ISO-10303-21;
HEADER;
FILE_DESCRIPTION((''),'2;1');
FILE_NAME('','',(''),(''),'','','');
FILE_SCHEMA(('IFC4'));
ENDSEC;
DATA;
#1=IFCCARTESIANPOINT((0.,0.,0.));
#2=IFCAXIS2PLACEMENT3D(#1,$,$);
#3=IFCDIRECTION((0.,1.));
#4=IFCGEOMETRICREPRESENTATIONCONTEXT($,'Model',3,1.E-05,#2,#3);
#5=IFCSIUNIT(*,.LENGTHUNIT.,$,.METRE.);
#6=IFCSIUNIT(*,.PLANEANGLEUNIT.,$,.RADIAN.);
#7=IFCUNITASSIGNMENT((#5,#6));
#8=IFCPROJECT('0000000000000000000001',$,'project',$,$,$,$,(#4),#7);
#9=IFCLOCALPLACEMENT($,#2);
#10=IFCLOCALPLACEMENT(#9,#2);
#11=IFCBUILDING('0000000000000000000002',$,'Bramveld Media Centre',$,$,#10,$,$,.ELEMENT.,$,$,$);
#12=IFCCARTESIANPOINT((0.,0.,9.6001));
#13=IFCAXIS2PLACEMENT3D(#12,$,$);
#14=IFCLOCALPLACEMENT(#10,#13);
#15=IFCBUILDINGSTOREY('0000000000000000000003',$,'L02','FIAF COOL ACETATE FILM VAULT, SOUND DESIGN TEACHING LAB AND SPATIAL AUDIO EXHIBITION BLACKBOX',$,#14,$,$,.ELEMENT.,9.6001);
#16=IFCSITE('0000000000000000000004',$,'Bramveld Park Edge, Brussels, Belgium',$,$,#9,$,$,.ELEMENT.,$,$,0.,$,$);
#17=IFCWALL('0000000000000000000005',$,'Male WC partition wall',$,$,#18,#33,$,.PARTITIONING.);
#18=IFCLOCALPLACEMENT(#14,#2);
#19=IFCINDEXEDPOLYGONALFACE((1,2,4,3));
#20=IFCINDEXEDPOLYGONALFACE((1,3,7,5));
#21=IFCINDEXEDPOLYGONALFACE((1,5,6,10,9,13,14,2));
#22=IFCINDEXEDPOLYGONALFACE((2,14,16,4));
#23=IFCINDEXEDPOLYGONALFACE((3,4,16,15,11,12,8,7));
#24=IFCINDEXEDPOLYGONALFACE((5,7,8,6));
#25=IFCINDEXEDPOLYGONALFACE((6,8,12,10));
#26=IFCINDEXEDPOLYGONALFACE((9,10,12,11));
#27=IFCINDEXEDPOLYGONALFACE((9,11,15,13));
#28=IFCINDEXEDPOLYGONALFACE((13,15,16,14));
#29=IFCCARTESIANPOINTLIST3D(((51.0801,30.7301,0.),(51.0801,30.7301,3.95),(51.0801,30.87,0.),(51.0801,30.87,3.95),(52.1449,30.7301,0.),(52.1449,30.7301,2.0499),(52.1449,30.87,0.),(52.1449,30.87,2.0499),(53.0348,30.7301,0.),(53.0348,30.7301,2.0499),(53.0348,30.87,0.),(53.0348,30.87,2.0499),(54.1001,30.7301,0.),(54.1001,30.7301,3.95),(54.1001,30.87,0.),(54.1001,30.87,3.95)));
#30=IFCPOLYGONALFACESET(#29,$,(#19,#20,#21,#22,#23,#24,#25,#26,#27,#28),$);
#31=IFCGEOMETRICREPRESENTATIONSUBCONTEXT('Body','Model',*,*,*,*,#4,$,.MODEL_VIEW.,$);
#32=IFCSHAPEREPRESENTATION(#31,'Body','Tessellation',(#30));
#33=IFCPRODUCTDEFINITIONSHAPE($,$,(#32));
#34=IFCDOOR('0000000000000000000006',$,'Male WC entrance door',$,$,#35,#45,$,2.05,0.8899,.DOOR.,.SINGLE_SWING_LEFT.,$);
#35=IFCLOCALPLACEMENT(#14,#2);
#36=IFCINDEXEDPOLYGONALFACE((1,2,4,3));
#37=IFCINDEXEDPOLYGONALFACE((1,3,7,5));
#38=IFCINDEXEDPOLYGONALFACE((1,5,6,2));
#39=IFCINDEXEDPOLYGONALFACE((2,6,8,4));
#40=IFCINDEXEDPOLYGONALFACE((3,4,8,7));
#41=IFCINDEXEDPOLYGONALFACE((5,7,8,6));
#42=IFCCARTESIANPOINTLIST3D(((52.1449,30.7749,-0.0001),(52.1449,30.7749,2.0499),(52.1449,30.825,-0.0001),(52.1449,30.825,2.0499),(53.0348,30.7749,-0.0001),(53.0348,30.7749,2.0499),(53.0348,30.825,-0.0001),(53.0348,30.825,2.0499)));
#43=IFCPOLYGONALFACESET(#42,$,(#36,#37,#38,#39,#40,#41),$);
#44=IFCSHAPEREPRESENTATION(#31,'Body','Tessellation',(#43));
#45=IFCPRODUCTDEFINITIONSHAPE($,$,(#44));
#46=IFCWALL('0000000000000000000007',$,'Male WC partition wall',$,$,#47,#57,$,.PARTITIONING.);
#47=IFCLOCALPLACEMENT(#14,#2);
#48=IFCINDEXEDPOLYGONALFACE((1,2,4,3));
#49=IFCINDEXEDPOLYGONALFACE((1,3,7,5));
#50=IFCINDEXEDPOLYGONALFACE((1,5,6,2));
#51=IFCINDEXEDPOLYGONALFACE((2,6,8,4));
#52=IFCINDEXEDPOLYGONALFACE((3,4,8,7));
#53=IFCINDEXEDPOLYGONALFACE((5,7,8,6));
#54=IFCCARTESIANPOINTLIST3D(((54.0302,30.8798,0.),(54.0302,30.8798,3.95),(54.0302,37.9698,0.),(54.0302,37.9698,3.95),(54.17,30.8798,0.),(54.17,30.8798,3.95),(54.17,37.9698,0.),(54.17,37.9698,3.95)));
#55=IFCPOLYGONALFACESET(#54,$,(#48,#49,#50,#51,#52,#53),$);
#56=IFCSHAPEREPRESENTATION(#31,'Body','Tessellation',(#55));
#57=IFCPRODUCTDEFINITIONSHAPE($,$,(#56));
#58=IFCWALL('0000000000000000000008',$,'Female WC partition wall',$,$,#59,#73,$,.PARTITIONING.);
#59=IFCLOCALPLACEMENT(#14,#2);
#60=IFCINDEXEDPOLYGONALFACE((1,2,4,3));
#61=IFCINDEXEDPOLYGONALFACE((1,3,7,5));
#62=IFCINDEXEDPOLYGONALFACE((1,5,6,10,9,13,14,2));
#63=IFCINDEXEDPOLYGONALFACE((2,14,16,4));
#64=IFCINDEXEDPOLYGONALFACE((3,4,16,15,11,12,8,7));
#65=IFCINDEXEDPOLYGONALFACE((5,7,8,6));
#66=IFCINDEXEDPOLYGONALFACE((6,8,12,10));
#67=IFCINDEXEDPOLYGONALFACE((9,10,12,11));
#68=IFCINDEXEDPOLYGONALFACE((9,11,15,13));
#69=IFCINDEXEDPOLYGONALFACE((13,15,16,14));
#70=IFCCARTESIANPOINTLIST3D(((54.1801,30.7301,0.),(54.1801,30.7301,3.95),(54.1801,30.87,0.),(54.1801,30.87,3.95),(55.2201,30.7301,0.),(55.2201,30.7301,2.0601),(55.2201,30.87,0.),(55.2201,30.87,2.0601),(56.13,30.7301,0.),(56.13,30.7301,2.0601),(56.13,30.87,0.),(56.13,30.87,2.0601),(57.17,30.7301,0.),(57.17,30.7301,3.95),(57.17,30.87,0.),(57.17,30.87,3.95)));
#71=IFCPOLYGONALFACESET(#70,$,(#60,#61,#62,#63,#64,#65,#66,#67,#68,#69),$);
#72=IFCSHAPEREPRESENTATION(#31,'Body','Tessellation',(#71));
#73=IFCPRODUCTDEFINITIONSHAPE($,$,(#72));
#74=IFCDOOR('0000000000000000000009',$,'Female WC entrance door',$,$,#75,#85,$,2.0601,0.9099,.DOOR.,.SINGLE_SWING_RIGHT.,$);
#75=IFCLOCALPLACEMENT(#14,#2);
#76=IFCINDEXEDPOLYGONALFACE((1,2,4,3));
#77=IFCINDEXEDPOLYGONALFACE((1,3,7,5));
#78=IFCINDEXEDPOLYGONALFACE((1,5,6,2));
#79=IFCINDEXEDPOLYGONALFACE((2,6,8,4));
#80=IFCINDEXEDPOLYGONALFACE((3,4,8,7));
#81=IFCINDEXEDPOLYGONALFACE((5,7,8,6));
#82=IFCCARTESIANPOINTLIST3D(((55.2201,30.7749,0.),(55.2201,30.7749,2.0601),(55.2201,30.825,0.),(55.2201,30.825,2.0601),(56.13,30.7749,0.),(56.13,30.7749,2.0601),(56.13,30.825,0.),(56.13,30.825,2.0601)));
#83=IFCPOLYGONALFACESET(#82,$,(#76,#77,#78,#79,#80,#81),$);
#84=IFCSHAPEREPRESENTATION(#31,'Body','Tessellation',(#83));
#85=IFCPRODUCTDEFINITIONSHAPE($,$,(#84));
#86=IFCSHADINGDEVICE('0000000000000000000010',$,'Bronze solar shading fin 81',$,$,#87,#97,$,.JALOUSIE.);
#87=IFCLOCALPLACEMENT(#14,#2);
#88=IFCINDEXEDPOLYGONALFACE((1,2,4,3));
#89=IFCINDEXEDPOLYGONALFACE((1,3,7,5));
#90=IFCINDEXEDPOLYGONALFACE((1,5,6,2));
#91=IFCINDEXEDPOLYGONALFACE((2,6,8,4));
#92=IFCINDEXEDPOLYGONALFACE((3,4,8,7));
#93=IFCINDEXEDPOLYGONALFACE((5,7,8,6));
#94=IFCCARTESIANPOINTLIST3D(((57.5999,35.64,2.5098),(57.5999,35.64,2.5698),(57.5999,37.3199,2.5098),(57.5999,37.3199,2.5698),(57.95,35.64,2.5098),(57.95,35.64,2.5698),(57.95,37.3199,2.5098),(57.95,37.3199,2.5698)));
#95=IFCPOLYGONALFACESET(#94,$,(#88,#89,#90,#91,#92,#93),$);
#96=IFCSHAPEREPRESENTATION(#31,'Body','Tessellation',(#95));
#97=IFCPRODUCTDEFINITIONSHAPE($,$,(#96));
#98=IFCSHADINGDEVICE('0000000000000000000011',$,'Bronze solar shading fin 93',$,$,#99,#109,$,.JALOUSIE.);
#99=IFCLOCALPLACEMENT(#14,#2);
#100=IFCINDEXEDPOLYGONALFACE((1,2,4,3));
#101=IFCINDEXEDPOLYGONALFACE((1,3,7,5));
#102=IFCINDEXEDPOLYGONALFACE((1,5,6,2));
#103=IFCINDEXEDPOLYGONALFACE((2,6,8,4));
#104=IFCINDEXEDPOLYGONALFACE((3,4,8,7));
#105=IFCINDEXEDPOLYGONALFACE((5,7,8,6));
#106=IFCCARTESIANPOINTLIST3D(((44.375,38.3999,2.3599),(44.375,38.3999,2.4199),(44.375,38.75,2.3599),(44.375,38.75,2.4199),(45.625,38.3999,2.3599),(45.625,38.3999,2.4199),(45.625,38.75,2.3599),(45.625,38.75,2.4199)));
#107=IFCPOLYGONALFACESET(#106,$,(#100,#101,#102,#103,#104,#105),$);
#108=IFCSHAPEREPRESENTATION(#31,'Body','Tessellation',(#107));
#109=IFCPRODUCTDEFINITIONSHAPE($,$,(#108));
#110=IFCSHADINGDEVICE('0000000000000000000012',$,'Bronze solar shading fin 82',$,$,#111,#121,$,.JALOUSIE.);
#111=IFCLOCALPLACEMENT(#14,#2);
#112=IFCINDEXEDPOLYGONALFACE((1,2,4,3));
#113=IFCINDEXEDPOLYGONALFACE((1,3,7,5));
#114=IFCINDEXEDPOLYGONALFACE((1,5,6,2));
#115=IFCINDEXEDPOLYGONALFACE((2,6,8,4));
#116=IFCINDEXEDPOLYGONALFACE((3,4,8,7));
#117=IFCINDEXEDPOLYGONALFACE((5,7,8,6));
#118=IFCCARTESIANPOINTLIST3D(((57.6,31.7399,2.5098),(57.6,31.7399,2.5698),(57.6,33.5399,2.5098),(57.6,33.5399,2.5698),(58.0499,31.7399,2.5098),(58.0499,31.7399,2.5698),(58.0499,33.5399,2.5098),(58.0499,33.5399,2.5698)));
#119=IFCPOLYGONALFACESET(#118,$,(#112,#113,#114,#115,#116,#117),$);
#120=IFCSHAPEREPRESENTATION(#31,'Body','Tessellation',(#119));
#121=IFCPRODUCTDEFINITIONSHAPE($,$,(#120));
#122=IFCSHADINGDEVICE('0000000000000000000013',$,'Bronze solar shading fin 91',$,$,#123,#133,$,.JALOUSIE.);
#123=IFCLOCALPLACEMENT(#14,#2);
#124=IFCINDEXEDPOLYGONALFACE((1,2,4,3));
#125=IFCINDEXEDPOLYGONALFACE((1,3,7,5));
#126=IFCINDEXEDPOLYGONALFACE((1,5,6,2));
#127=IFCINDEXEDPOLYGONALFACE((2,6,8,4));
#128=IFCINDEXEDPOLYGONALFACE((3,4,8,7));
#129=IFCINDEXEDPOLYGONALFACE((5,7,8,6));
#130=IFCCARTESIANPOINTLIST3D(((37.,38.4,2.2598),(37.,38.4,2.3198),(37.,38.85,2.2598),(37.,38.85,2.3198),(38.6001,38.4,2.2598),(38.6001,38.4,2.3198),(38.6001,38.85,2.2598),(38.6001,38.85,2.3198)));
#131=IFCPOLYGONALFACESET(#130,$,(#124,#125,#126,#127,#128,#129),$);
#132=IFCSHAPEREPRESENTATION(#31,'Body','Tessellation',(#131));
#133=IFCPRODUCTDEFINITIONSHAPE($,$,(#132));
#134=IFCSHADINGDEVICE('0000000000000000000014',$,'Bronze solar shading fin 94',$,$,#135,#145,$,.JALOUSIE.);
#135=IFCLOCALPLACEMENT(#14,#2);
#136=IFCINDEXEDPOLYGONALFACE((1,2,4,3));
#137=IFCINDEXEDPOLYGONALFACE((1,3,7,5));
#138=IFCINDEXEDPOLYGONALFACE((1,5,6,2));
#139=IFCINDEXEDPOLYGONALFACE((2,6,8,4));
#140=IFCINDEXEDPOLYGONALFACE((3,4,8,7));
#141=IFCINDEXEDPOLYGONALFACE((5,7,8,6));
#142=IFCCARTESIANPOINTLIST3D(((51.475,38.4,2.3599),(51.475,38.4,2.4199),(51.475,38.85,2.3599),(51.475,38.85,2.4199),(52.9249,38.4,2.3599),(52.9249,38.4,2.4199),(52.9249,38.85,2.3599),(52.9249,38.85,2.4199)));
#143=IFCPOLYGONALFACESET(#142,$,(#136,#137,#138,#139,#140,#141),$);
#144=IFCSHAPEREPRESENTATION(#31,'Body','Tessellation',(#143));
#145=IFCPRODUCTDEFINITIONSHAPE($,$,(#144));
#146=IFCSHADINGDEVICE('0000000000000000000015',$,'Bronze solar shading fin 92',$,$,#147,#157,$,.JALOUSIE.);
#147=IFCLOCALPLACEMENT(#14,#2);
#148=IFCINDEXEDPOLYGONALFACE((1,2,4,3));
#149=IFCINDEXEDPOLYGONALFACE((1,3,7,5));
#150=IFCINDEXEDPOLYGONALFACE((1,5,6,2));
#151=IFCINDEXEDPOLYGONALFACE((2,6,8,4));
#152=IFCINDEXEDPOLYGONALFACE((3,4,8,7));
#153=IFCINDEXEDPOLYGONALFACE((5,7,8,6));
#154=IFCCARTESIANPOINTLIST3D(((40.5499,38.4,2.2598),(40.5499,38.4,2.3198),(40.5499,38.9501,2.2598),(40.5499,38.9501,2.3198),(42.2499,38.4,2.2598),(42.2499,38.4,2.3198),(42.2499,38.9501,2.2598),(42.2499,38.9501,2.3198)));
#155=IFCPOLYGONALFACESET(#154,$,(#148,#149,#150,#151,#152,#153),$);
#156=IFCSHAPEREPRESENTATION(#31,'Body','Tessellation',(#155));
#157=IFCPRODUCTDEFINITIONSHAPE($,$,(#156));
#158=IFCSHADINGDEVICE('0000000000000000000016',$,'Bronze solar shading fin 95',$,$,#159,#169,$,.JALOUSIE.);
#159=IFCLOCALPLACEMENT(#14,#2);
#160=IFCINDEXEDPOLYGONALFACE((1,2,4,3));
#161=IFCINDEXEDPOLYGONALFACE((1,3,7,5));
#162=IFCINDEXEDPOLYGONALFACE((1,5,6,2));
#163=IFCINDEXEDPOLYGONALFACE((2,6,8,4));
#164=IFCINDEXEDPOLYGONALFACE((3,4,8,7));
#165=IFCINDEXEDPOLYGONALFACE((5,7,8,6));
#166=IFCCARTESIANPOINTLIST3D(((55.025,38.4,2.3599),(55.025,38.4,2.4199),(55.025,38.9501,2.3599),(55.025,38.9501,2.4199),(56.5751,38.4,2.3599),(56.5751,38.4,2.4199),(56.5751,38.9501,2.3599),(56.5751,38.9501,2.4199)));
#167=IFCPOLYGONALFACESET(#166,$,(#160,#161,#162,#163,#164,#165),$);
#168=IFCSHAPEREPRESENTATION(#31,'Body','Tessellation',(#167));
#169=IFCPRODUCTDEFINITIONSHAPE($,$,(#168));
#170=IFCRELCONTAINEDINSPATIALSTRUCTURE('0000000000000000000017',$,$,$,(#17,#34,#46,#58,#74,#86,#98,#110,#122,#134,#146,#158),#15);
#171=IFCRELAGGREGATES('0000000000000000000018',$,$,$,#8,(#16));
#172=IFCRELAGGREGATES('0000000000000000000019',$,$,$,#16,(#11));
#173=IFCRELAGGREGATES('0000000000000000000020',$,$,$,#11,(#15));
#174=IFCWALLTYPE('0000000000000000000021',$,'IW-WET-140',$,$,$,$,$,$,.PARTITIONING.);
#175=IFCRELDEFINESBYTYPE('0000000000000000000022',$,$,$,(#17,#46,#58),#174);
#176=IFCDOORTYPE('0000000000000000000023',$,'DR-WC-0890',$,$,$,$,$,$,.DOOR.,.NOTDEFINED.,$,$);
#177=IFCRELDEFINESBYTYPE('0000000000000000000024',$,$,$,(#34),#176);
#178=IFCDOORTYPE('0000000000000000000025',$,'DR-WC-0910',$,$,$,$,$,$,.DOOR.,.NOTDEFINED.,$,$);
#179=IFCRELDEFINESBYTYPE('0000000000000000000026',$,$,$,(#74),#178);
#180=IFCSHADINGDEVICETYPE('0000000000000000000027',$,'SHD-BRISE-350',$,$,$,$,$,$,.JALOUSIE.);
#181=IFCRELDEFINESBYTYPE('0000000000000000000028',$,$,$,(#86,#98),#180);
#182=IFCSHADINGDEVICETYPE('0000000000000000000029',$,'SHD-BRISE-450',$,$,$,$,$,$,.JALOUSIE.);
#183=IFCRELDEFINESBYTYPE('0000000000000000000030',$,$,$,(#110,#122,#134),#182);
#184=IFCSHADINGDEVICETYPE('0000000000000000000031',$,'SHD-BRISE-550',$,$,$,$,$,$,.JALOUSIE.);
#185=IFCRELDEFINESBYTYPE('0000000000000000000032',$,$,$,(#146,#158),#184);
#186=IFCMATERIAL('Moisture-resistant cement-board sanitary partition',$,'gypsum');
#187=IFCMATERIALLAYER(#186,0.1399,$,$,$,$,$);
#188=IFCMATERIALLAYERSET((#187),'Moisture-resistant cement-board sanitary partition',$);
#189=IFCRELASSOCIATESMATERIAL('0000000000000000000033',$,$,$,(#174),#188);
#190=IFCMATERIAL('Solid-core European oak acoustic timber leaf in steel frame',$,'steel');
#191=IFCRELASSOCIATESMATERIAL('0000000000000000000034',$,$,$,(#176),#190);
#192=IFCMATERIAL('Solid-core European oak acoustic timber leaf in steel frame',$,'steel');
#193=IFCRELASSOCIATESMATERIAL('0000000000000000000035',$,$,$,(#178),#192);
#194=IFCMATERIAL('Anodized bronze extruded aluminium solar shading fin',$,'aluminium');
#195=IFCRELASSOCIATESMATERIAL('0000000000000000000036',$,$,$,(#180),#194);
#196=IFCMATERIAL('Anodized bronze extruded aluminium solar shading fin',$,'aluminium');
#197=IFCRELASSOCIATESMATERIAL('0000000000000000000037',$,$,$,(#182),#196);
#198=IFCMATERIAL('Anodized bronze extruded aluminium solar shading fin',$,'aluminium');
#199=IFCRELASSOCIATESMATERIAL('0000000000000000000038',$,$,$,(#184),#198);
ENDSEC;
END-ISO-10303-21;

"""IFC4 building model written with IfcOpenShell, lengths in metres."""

from ifc_helpers import new_model, si_unit, direction, frame, frame_2d, origin, origin_2d, place, context, subcontext, project, spatial, rectangle, extrude, material, layer, layer_set, type_object, element, fill, save


model = new_model("IFC4")

# Units and contexts
model_context = context("Model", 3, precision=1e-05, world=origin(), true_north=direction((0.0, 1.0)))
body_context = subcontext(model_context, "Body", "Model", "MODEL_VIEW")
ifc_project = project(units=[si_unit("LENGTHUNIT", "METRE"), si_unit("PLANEANGLEUNIT", "RADIAN")], contexts=[model_context])

# Site, building, storey
site_placement = place(None, origin())
site = spatial("IfcSite", under=ifc_project, at=site_placement, Name="Bramveld Park Edge, Brussels, Belgium", CompositionType="ELEMENT", RefElevation=0.0)
building_placement = place(site_placement, origin())
building = spatial("IfcBuilding", under=site, at=building_placement, Name="Bramveld Media Centre", CompositionType="ELEMENT")
storey_placement = place(building_placement, frame((0.0, 0.0, 9.6001)))
storey = spatial("IfcBuildingStorey", under=building, at=storey_placement, Name="L02", Description="FIAF COOL ACETATE FILM VAULT, SOUND DESIGN TEACHING LAB AND SPATIAL AUDIO EXHIBITION BLACKBOX", CompositionType="ELEMENT", Elevation=9.6001)

# Shared definitions
ifc_material_1 = material(Name="Moisture-resistant cement-board sanitary partition", Category="gypsum")
ifc_layer_1 = layer(ifc_material_1, 0.1399)
ifc_layer_set_1 = layer_set([ifc_layer_1], Name="Moisture-resistant cement-board sanitary partition")
wall_type_1 = type_object("IfcWallType", Name="IW-WET-140", PredefinedType="PARTITIONING", material=ifc_layer_set_1)

# Wall, opening, door
wall_1_placement = place(storey_placement, frame((51.0801, 30.8, 0.0), z_axis=(0.0, 0.0, 1.0), x_axis=(1.0, 0.0, 0.0)))
wall_1 = element("IfcWall", 1, at=wall_1_placement, inside=storey, type_object=wall_type_1, Name="Male WC partition wall", PredefinedType="PARTITIONING", context=body_context, shape_type="SweptSolid", body=[
    extrude(rectangle(XDim=3.02, YDim=0.1399, at=frame_2d((1.51, 0.0))), origin(), (0.0, 0.0, 1.0), 3.95),
])
opening_1_placement = place(wall_1_placement, frame((1.0649, 0.0, 0.0)))
opening_1 = element("IfcOpeningElement", 2, at=opening_1_placement, cuts=wall_1, PredefinedType="OPENING", context=body_context, shape_type="SweptSolid", body=[
    extrude(rectangle(XDim=0.8899, YDim=2.05, at=frame_2d((0.4448, 1.0249))), frame((0.0, 0.082, 0.0), z_axis=(0.0, -1.0, 0.0), x_axis=(1.0, 0.0, 0.0)), (0.0, 0.0, 1.0), 0.1638),
])
ifc_material_2 = material(Name="Solid-core European oak acoustic timber leaf in steel frame", Category="steel")
door_type_1 = type_object("IfcDoorType", Name="DR-WC-0890", OperationType="NOTDEFINED", PredefinedType="DOOR", material=ifc_material_2)
door_1_placement = place(opening_1_placement, origin())
door_1 = element("IfcDoor", 3, at=door_1_placement, inside=storey, type_object=door_type_1, Name="Male WC entrance door", OperationType="SINGLE_SWING_LEFT", OverallHeight=2.05, OverallWidth=0.8899, PredefinedType="DOOR", context=body_context, shape_type="SweptSolid", body=[
    extrude(rectangle(XDim=0.8899, YDim=2.05, at=frame_2d((0.4448, 1.0249))), frame((0.0, 0.0249, 0.0), z_axis=(0.0, -1.0, 0.0), x_axis=(1.0, 0.0, 0.0)), (0.0, 0.0, 1.0), 0.05),
])
fill(opening_1, door_1)

# Wall
wall_2_placement = place(storey_placement, frame((54.1001, 30.8799, 0.0), z_axis=(0.0, 0.0, 1.0), x_axis=(0.0, 1.0, 0.0)))
element("IfcWall", 4, at=wall_2_placement, inside=storey, type_object=wall_type_1, Name="Male WC partition wall", PredefinedType="PARTITIONING", context=body_context, shape_type="SweptSolid", body=[
    extrude(rectangle(XDim=7.0901, YDim=0.1399, at=frame_2d((3.5449, 0.0))), origin(), (0.0, 0.0, 1.0), 3.95),
])

# Wall, opening, door
wall_3_placement = place(storey_placement, frame((54.1799, 30.8, 0.0), z_axis=(0.0, 0.0, 1.0), x_axis=(1.0, 0.0, 0.0)))
wall_3 = element("IfcWall", 5, at=wall_3_placement, inside=storey, type_object=wall_type_1, Name="Female WC partition wall", PredefinedType="PARTITIONING", context=body_context, shape_type="SweptSolid", body=[
    extrude(rectangle(XDim=2.99, YDim=0.1399, at=frame_2d((1.4951, 0.0))), origin(), (0.0, 0.0, 1.0), 3.95),
])
opening_2_placement = place(wall_3_placement, frame((1.04, 0.0, 0.0)))
opening_2 = element("IfcOpeningElement", 6, at=opening_2_placement, cuts=wall_3, PredefinedType="OPENING", context=body_context, shape_type="SweptSolid", body=[
    extrude(rectangle(XDim=0.9099, YDim=2.0601, at=frame_2d((0.4551, 1.03))), frame((0.0, 0.082, 0.0), z_axis=(0.0, -1.0, 0.0), x_axis=(1.0, 0.0, 0.0)), (0.0, 0.0, 1.0), 0.1638),
])
ifc_material_3 = material(Name="Solid-core European oak acoustic timber leaf in steel frame", Category="steel")
door_type_2 = type_object("IfcDoorType", Name="DR-WC-0910", OperationType="NOTDEFINED", PredefinedType="DOOR", material=ifc_material_3)
door_2_placement = place(opening_2_placement, origin())
door_2 = element("IfcDoor", 7, at=door_2_placement, inside=storey, type_object=door_type_2, Name="Female WC entrance door", OperationType="SINGLE_SWING_RIGHT", OverallHeight=2.0601, OverallWidth=0.9099, PredefinedType="DOOR", context=body_context, shape_type="SweptSolid", body=[
    extrude(rectangle(XDim=0.9099, YDim=2.0601, at=frame_2d((0.4551, 1.03))), frame((0.0, 0.0249, 0.0), z_axis=(0.0, -1.0, 0.0), x_axis=(1.0, 0.0, 0.0)), (0.0, 0.0, 1.0), 0.05),
])
fill(opening_2, door_2)

# Shading devices
ifc_material_4 = material(Name="Anodized bronze extruded aluminium solar shading fin", Category="aluminium")
shading_device_type_1 = type_object("IfcShadingDeviceType", Name="SHD-BRISE-350", PredefinedType="JALOUSIE", material=ifc_material_4)
shading_device_1_placement = place(storey_placement, frame((57.7749, 36.48, 2.5098), z_axis=(0.0, 0.0, 1.0), x_axis=(1.0, 0.0, 0.0)))
element("IfcShadingDevice", 8, at=shading_device_1_placement, inside=storey, type_object=shading_device_type_1, Name="Bronze solar shading fin 81", PredefinedType="JALOUSIE", context=body_context, shape_type="SweptSolid", body=[
    extrude(rectangle(XDim=0.3501, YDim=1.6799, at=origin_2d()), origin(), (0.0, 0.0, 1.0), 0.0601),
])
shading_device_2_placement = place(storey_placement, frame((45.0, 38.575, 2.3599), z_axis=(0.0, 0.0, 1.0), x_axis=(1.0, 0.0, 0.0)))
element("IfcShadingDevice", 9, at=shading_device_2_placement, inside=storey, type_object=shading_device_type_1, Name="Bronze solar shading fin 93", PredefinedType="JALOUSIE", context=body_context, shape_type="SweptSolid", body=[
    extrude(rectangle(XDim=1.25, YDim=0.3501, at=origin_2d()), origin(), (0.0, 0.0, 1.0), 0.0601),
])
ifc_material_5 = material(Name="Anodized bronze extruded aluminium solar shading fin", Category="aluminium")
shading_device_type_2 = type_object("IfcShadingDeviceType", Name="SHD-BRISE-450", PredefinedType="JALOUSIE", material=ifc_material_5)
shading_device_3_placement = place(storey_placement, frame((57.825, 32.6399, 2.5098), z_axis=(0.0, 0.0, 1.0), x_axis=(1.0, 0.0, 0.0)))
element("IfcShadingDevice", 10, at=shading_device_3_placement, inside=storey, type_object=shading_device_type_2, Name="Bronze solar shading fin 82", PredefinedType="JALOUSIE", context=body_context, shape_type="SweptSolid", body=[
    extrude(rectangle(XDim=0.45, YDim=1.8, at=origin_2d()), origin(), (0.0, 0.0, 1.0), 0.0601),
])
shading_device_4_placement = place(storey_placement, frame((37.8, 38.625, 2.2598), z_axis=(0.0, 0.0, 1.0), x_axis=(1.0, 0.0, 0.0)))
element("IfcShadingDevice", 11, at=shading_device_4_placement, inside=storey, type_object=shading_device_type_2, Name="Bronze solar shading fin 91", PredefinedType="JALOUSIE", context=body_context, shape_type="SweptSolid", body=[
    extrude(rectangle(XDim=1.6001, YDim=0.45, at=origin_2d()), origin(), (0.0, 0.0, 1.0), 0.0601),
])
shading_device_5_placement = place(storey_placement, frame((52.2, 38.625, 2.3599), z_axis=(0.0, 0.0, 1.0), x_axis=(1.0, 0.0, 0.0)))
element("IfcShadingDevice", 12, at=shading_device_5_placement, inside=storey, type_object=shading_device_type_2, Name="Bronze solar shading fin 94", PredefinedType="JALOUSIE", context=body_context, shape_type="SweptSolid", body=[
    extrude(rectangle(XDim=1.45, YDim=0.45, at=origin_2d()), origin(), (0.0, 0.0, 1.0), 0.0601),
])
ifc_material_6 = material(Name="Anodized bronze extruded aluminium solar shading fin", Category="aluminium")
shading_device_type_3 = type_object("IfcShadingDeviceType", Name="SHD-BRISE-550", PredefinedType="JALOUSIE", material=ifc_material_6)
shading_device_6_placement = place(storey_placement, frame((41.3999, 38.675, 2.2598), z_axis=(0.0, 0.0, 1.0), x_axis=(1.0, 0.0, 0.0)))
element("IfcShadingDevice", 13, at=shading_device_6_placement, inside=storey, type_object=shading_device_type_3, Name="Bronze solar shading fin 92", PredefinedType="JALOUSIE", context=body_context, shape_type="SweptSolid", body=[
    extrude(rectangle(XDim=1.7, YDim=0.55, at=origin_2d()), origin(), (0.0, 0.0, 1.0), 0.0601),
])
shading_device_7_placement = place(storey_placement, frame((55.8, 38.675, 2.3599), z_axis=(0.0, 0.0, 1.0), x_axis=(1.0, 0.0, 0.0)))
element("IfcShadingDevice", 14, at=shading_device_7_placement, inside=storey, type_object=shading_device_type_3, Name="Bronze solar shading fin 95", PredefinedType="JALOUSIE", context=body_context, shape_type="SweptSolid", body=[
    extrude(rectangle(XDim=1.55, YDim=0.55, at=origin_2d()), origin(), (0.0, 0.0, 1.0), 0.0601),
])

save(model, "model.ifc")
